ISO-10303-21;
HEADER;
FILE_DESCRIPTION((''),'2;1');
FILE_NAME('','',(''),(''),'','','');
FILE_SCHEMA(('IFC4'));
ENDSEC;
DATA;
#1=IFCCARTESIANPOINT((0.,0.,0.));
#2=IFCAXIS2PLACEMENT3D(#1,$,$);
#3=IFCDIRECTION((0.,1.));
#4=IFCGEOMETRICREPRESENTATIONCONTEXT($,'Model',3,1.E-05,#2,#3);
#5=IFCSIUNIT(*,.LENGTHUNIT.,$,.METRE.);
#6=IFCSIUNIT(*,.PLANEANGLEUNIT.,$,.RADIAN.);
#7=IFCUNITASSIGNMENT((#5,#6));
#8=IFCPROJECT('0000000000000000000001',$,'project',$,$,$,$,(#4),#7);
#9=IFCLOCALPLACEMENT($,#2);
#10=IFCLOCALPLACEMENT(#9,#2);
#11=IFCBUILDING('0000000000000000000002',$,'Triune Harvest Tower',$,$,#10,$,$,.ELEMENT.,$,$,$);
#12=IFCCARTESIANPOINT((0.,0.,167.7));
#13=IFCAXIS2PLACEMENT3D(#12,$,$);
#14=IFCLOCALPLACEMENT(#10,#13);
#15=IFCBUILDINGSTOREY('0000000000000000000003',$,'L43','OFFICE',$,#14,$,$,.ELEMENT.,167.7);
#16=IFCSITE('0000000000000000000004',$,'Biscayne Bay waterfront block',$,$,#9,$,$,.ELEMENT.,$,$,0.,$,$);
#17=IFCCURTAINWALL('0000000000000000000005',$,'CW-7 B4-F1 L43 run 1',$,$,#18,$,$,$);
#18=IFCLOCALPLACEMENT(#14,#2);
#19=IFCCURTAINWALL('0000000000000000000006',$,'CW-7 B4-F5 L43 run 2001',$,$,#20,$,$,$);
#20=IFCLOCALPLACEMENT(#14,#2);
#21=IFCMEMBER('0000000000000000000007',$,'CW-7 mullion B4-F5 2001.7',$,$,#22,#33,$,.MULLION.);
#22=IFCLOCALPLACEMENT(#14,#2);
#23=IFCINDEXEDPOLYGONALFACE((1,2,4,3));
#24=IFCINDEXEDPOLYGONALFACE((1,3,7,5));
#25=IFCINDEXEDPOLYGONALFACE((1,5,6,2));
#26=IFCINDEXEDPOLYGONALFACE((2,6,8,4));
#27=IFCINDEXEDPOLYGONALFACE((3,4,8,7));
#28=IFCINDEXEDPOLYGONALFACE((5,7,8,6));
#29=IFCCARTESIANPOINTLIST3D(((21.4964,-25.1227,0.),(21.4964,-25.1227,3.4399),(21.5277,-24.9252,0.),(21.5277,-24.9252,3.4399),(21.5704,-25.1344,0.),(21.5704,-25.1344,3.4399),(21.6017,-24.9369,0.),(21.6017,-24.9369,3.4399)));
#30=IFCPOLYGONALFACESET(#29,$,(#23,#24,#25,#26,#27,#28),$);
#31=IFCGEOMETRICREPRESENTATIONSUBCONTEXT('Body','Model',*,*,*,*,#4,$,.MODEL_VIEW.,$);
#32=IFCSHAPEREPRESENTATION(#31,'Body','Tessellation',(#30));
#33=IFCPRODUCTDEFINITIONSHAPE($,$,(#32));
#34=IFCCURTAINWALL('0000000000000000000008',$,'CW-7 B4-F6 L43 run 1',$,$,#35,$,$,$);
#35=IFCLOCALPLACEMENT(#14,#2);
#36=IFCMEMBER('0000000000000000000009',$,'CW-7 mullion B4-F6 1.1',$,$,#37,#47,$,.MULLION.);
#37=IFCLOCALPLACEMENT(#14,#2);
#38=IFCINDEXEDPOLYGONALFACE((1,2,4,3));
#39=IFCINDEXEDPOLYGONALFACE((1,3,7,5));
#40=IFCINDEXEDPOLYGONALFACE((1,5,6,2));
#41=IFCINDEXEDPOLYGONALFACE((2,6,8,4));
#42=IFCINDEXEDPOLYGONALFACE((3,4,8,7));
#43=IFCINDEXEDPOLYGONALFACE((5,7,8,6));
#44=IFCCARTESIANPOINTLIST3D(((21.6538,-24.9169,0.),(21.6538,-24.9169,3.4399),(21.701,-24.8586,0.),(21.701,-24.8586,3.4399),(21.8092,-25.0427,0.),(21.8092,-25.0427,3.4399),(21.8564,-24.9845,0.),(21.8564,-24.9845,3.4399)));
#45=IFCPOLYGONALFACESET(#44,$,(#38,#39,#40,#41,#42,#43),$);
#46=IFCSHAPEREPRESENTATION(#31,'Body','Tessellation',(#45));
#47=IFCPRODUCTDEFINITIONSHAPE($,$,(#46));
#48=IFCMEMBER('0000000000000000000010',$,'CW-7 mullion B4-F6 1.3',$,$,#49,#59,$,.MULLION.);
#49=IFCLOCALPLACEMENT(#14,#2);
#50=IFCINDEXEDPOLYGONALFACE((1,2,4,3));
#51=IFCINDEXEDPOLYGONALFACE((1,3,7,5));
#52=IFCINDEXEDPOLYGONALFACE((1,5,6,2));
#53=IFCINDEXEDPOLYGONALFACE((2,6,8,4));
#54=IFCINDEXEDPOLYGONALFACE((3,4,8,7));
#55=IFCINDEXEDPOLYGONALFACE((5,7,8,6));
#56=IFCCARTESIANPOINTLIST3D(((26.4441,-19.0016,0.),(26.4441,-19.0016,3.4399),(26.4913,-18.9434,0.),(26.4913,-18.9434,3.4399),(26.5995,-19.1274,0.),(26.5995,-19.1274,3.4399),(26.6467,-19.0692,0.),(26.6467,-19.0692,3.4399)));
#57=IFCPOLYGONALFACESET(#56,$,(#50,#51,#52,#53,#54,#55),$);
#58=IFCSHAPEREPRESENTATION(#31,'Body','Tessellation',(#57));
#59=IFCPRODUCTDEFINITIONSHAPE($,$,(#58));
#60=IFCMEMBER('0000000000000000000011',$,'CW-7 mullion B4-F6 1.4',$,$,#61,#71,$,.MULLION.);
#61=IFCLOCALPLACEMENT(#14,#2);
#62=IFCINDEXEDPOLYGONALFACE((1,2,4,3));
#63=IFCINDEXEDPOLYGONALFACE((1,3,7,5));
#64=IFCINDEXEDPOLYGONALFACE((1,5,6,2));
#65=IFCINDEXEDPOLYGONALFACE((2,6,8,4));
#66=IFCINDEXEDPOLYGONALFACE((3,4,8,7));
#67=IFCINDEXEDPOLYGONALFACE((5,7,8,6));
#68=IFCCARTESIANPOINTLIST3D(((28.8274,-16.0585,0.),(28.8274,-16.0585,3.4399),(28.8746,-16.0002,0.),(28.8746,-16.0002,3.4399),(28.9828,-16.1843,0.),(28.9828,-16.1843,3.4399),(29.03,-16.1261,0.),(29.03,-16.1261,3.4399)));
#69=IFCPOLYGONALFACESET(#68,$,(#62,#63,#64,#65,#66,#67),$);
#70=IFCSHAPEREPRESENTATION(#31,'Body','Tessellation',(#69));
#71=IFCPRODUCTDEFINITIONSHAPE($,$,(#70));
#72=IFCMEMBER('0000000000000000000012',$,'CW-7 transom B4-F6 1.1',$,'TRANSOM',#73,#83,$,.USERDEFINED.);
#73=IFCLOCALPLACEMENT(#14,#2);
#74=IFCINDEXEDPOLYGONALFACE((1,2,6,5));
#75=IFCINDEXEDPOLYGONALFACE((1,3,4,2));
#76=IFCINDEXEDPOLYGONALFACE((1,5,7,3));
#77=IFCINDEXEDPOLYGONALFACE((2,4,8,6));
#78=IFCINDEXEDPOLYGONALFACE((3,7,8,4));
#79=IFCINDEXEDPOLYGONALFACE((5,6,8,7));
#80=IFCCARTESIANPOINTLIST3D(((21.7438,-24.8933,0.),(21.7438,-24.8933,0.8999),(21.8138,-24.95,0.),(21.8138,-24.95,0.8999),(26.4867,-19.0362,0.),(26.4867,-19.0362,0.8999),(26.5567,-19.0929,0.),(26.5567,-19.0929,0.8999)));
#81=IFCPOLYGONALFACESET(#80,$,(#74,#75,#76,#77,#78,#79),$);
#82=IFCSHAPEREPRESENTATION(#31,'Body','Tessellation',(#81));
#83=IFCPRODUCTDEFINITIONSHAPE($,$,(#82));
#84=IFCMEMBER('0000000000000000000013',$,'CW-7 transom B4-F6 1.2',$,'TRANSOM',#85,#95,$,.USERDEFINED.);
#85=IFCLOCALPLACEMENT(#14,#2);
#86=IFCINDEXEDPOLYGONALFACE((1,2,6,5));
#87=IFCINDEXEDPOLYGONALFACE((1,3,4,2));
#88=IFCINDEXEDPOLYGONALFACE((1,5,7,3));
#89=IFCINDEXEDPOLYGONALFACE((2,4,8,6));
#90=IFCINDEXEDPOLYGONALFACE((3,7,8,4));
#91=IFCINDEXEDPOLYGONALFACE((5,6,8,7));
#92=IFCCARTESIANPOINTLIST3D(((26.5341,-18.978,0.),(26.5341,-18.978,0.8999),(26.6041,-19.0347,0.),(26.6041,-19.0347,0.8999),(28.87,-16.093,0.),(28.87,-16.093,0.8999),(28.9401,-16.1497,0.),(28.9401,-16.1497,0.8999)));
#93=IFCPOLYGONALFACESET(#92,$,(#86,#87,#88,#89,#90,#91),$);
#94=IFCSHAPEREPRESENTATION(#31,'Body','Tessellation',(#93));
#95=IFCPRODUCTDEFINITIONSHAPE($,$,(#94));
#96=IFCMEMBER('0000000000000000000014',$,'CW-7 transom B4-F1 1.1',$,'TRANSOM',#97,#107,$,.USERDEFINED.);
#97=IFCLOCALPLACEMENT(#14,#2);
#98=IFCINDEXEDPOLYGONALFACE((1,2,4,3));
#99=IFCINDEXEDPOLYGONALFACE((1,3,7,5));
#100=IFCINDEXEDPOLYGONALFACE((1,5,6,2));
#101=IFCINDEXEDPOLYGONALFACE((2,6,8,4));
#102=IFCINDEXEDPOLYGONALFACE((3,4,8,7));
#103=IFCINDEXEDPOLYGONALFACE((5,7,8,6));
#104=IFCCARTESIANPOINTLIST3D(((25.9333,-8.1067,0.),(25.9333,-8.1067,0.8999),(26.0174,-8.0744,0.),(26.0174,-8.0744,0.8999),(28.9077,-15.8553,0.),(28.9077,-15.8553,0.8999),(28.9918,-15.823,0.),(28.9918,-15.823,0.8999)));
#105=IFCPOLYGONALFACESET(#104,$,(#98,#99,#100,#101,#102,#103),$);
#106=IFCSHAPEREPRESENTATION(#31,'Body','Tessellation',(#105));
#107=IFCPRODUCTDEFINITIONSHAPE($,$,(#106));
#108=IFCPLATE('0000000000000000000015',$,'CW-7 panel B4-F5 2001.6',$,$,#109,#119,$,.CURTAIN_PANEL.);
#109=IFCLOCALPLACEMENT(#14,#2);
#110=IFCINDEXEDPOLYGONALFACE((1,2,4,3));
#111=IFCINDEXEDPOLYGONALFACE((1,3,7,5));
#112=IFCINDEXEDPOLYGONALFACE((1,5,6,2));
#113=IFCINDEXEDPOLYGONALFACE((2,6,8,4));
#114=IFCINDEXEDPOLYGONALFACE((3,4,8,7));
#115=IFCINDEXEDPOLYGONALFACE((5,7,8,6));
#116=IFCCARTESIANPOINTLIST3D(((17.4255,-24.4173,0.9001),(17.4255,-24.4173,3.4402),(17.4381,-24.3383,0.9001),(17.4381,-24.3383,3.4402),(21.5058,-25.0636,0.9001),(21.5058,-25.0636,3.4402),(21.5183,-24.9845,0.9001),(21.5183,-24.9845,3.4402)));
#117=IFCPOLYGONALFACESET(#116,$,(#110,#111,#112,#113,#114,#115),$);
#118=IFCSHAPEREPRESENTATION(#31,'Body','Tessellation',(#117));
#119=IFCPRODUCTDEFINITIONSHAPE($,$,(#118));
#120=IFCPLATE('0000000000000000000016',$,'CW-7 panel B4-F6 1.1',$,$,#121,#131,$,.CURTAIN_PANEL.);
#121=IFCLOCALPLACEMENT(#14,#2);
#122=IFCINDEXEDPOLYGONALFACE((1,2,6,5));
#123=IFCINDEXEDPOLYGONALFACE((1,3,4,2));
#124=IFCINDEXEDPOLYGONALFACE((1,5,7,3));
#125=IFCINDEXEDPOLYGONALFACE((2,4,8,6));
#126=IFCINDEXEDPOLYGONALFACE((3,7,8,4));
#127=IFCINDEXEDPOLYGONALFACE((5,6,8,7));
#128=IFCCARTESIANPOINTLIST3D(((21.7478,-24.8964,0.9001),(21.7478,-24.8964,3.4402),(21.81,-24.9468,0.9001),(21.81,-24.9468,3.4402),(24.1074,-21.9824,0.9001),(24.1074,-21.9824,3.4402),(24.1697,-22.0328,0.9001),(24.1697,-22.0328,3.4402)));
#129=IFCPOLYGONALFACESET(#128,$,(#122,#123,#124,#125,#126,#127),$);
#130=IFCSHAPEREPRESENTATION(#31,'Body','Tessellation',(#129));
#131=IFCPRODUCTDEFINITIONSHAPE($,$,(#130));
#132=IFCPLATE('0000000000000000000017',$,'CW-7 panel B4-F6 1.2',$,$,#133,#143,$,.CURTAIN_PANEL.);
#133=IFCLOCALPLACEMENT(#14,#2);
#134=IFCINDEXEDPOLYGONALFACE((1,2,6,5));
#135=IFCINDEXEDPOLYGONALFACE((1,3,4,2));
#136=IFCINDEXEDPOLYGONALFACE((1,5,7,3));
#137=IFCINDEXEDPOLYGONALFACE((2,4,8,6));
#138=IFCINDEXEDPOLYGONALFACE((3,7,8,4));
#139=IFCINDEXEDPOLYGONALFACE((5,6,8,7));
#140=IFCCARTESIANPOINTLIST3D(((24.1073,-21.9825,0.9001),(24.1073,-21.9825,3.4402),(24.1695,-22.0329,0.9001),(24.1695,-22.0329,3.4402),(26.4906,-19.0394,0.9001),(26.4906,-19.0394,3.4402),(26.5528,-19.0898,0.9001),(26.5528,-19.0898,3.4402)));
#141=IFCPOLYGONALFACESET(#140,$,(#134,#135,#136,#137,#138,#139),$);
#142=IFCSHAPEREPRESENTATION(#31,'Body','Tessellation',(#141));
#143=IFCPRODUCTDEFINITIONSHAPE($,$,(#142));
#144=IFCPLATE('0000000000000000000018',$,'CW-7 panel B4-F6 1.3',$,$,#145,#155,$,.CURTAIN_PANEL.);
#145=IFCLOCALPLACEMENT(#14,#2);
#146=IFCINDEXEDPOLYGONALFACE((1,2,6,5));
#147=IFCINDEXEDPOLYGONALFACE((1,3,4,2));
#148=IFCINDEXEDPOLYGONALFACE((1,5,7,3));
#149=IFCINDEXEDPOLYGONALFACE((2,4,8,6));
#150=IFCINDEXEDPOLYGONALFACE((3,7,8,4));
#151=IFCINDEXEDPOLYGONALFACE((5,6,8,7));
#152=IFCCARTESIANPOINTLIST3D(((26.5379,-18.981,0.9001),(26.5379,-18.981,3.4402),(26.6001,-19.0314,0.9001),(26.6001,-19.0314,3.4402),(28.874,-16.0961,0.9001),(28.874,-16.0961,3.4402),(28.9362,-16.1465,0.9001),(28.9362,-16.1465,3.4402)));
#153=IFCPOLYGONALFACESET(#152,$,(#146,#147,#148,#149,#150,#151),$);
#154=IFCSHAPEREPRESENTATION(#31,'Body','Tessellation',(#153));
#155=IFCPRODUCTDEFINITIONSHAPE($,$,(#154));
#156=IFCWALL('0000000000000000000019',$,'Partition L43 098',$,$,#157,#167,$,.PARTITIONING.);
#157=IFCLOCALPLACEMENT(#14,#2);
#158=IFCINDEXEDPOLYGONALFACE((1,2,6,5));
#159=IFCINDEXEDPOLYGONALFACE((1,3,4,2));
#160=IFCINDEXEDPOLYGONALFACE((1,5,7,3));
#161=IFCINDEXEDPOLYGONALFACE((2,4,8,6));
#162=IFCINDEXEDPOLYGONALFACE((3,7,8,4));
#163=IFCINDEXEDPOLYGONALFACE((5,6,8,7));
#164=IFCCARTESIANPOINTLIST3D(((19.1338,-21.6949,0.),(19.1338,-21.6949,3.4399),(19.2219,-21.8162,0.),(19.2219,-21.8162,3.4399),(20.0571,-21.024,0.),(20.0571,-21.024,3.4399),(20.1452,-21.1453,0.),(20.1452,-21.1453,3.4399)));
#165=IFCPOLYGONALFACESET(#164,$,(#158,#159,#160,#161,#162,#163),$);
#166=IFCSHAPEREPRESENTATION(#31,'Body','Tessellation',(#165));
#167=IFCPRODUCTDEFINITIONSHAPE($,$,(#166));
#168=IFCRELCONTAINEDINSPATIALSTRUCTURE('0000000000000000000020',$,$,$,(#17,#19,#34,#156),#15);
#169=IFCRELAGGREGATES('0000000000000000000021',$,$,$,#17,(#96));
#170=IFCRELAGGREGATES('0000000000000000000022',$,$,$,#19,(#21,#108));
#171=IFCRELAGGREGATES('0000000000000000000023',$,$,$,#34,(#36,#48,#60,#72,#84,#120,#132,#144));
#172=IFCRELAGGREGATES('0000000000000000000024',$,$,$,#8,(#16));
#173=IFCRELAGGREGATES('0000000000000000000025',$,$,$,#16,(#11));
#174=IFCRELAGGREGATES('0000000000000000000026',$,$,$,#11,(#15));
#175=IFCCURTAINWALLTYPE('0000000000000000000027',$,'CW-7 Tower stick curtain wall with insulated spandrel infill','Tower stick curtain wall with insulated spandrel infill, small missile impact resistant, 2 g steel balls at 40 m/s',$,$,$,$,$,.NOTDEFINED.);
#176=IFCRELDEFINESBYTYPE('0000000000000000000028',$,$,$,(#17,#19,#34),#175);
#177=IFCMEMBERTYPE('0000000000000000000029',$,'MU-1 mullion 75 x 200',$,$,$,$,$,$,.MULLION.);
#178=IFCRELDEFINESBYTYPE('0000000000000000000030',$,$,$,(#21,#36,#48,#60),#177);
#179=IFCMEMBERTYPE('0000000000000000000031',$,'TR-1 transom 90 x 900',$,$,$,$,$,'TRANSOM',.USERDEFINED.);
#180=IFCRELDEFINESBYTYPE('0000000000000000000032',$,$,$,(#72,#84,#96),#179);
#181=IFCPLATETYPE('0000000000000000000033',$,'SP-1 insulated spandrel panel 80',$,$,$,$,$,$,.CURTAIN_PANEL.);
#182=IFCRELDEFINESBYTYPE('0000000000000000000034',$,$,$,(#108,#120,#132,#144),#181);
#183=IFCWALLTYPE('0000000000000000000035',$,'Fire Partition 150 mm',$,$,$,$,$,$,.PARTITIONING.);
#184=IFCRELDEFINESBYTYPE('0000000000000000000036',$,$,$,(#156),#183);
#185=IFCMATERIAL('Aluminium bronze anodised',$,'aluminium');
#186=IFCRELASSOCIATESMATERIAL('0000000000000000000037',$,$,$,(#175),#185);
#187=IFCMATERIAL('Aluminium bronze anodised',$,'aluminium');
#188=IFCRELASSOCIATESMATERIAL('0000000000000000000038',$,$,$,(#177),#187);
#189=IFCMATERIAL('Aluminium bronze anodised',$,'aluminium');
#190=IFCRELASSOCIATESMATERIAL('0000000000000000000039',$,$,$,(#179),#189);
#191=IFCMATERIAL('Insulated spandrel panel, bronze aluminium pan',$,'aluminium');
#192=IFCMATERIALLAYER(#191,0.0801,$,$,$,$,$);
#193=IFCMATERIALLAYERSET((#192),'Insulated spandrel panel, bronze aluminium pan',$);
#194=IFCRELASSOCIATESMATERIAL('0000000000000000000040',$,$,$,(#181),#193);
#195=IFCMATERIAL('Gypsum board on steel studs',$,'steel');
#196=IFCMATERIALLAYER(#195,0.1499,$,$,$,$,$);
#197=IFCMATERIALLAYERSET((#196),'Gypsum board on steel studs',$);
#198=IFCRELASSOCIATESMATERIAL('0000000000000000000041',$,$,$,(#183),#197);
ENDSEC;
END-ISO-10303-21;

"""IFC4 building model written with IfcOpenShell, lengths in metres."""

from ifc_helpers import new_model, si_unit, direction, frame, frame_2d, origin, origin_2d, place, context, subcontext, project, spatial, rectangle, extrude, source, transform, mapped, material, layer, layer_set, material_profile, profile_set, type_object, element, aggregate, save


model = new_model("IFC4")

# Units and contexts
model_context = context("Model", 3, precision=1e-05, world=origin(), true_north=direction((0.0, 1.0)))
body_context = subcontext(model_context, "Body", "Model", "MODEL_VIEW")
ifc_project = project(units=[si_unit("LENGTHUNIT", "METRE"), si_unit("PLANEANGLEUNIT", "RADIAN")], contexts=[model_context])

# Site, building, storey
site_placement = place(None, origin())
site = spatial("IfcSite", under=ifc_project, at=site_placement, Name="Biscayne Bay waterfront block", CompositionType="ELEMENT", RefElevation=0.0)
building_placement = place(site_placement, origin())
building = spatial("IfcBuilding", under=site, at=building_placement, Name="Triune Harvest Tower", CompositionType="ELEMENT")
storey_placement = place(building_placement, frame((0.0, 0.0, 167.7)))
storey = spatial("IfcBuildingStorey", under=building, at=storey_placement, Name="L43", Description="OFFICE", CompositionType="ELEMENT", Elevation=167.7)

# Curtain walls, member
ifc_material_1 = material(Name="Aluminium bronze anodised", Category="aluminium")
curtain_wall_type = type_object("IfcCurtainWallType", Name="CW-7 Tower stick curtain wall with insulated spandrel infill", Description="Tower stick curtain wall with insulated spandrel infill, small missile impact resistant, 2 g steel balls at 40 m/s", PredefinedType="NOTDEFINED", material=ifc_material_1)
curtain_wall_1_placement = place(storey_placement, origin())
curtain_wall_1 = element("IfcCurtainWall", 1, at=curtain_wall_1_placement, inside=storey, type_object=curtain_wall_type, Name="CW-7 B4-F1 L43 run 1")
ifc_material_2 = material(Name="Aluminium bronze anodised", Category="aluminium")
ifc_material_profile_1 = material_profile(ifc_material_2, rectangle(XDim=0.2, YDim=0.075, at=origin_2d()), Name="MU-1 mullion 75 x 200")
ifc_profile_set_1 = profile_set([ifc_material_profile_1], Name="Aluminium bronze anodised")
member_type_1 = type_object("IfcMemberType", Name="MU-1 mullion 75 x 200", PredefinedType="MULLION", material=ifc_profile_set_1)
shared_shape_1 = source(origin(), body_context, "Body", "SweptSolid", [
    extrude(rectangle(XDim=0.2, YDim=0.075, at=origin_2d()), origin(), (0.0, 0.0, 1.0), 3.4399),
])
curtain_wall_2_placement = place(storey_placement, origin())
curtain_wall_2 = element("IfcCurtainWall", 2, at=curtain_wall_2_placement, inside=storey, type_object=curtain_wall_type, Name="CW-7 B4-F5 L43 run 2001")
member_1_placement = place(storey_placement, frame((21.5491, -25.0298, 0.0), z_axis=(0.0, 0.0, 1.0), x_axis=(0.156435, 0.987688, 0.0)))
member_1 = element("IfcMember", 3, at=member_1_placement, type_object=member_type_1, Name="CW-7 mullion B4-F5 2001.7", PredefinedType="MULLION", context=body_context, shape_type="MappedRepresentation", body=[
    mapped(shared_shape_1, transform((0.0, 0.0, 0.0), scale=1.0)),
])

# Curtain wall, members
curtain_wall_3_placement = place(storey_placement, origin())
curtain_wall_3 = element("IfcCurtainWall", 4, at=curtain_wall_3_placement, inside=storey, type_object=curtain_wall_type, Name="CW-7 B4-F6 L43 run 1")
member_2_placement = place(storey_placement, frame((21.7551, -24.9507, 0.0), z_axis=(0.0, 0.0, 1.0), x_axis=(-0.777146, 0.629321, 0.0)))
member_2 = element("IfcMember", 5, at=member_2_placement, type_object=member_type_1, Name="CW-7 mullion B4-F6 1.1", PredefinedType="MULLION", context=body_context, shape_type="MappedRepresentation", body=[
    mapped(shared_shape_1, transform((0.0, 0.0, 0.0), scale=1.0)),
])
member_3_placement = place(storey_placement, frame((26.5454, -19.0354, 0.0), z_axis=(0.0, 0.0, 1.0), x_axis=(-0.777146, 0.629321, 0.0)))
member_3 = element("IfcMember", 6, at=member_3_placement, type_object=member_type_1, Name="CW-7 mullion B4-F6 1.3", PredefinedType="MULLION", context=body_context, shape_type="MappedRepresentation", body=[
    mapped(shared_shape_1, transform((0.0, 0.0, 0.0), scale=1.0)),
])
member_4_placement = place(storey_placement, frame((28.9287, -16.0923, 0.0), z_axis=(0.0, 0.0, 1.0), x_axis=(-0.777146, 0.629321, 0.0)))
member_4 = element("IfcMember", 7, at=member_4_placement, type_object=member_type_1, Name="CW-7 mullion B4-F6 1.4", PredefinedType="MULLION", context=body_context, shape_type="MappedRepresentation", body=[
    mapped(shared_shape_1, transform((0.0, 0.0, 0.0), scale=1.0)),
])
ifc_material_3 = material(Name="Aluminium bronze anodised", Category="aluminium")
ifc_material_profile_2 = material_profile(ifc_material_3, rectangle(XDim=0.0901, YDim=0.8999, at=origin_2d()), Name="TR-1 transom 90 x 900")
ifc_profile_set_2 = profile_set([ifc_material_profile_2], Name="Aluminium bronze anodised")
member_type_2 = type_object("IfcMemberType", Name="TR-1 transom 90 x 900", ElementType="TRANSOM", PredefinedType="USERDEFINED", material=ifc_profile_set_2)
shared_shape_2 = source(origin(), body_context, "Body", "SweptSolid", [
    extrude(rectangle(XDim=0.0901, YDim=0.8999, at=origin_2d()), origin(), (0.0, 0.0, 1.0), 7.5366),
])
member_5_placement = place(storey_placement, frame((21.7788, -24.9216, 0.45), z_axis=(0.62931, 0.777154, 0.0), x_axis=(-0.777154, 0.62931, 0.0)))
member_5 = element("IfcMember", 8, at=member_5_placement, type_object=member_type_2, Name="CW-7 transom B4-F6 1.1", ObjectType="TRANSOM", PredefinedType="USERDEFINED", context=body_context, shape_type="MappedRepresentation", body=[
    mapped(shared_shape_2, transform((0.0, 0.0, 0.0), scale=1.0)),
])
shared_shape_3 = source(origin(), body_context, "Body", "SweptSolid", [
    extrude(rectangle(XDim=0.0901, YDim=0.8999, at=origin_2d()), origin(), (0.0, 0.0, 1.0), 3.7122),
])
member_6_placement = place(storey_placement, frame((26.5691, -19.0063, 0.45), z_axis=(0.629272, 0.777185, 0.0), x_axis=(-0.777185, 0.629272, 0.0)))
member_6 = element("IfcMember", 9, at=member_6_placement, type_object=member_type_2, Name="CW-7 transom B4-F6 1.2", ObjectType="TRANSOM", PredefinedType="USERDEFINED", context=body_context, shape_type="MappedRepresentation", body=[
    mapped(shared_shape_3, transform((0.0, 0.0, 0.0), scale=1.0)),
])

# Member
shared_shape_4 = source(origin(), body_context, "Body", "SweptSolid", [
    extrude(rectangle(XDim=0.0901, YDim=0.8999, at=origin_2d()), origin(), (0.0, 0.0, 1.0), 8.2998),
])
member_7_placement = place(storey_placement, frame((28.9497, -15.8391, 0.45), z_axis=(-0.358366, 0.933581, 0.0), x_axis=(-0.933581, -0.358366, 0.0)))
member_7 = element("IfcMember", 10, at=member_7_placement, type_object=member_type_2, Name="CW-7 transom B4-F1 1.1", ObjectType="TRANSOM", PredefinedType="USERDEFINED", context=body_context, shape_type="MappedRepresentation", body=[
    mapped(shared_shape_4, transform((0.0, 0.0, 0.0), scale=1.0)),
])
aggregate(curtain_wall_1, [member_7])

# Plates
ifc_material_4 = material(Name="Insulated spandrel panel, bronze aluminium pan", Category="aluminium")
ifc_layer_1 = layer(ifc_material_4, 0.0801)
ifc_layer_set_1 = layer_set([ifc_layer_1], Name="Insulated spandrel panel, bronze aluminium pan")
plate_type = type_object("IfcPlateType", Name="SP-1 insulated spandrel panel 80", PredefinedType="CURTAIN_PANEL", material=ifc_layer_set_1)
shared_shape_5 = source(origin(), body_context, "Body", "SweptSolid", [
    extrude(rectangle(XDim=4.1311, YDim=0.0801, at=origin_2d()), origin(), (0.0, 0.0, 1.0), 2.54),
])
plate_1_placement = place(storey_placement, frame((19.4719, -24.7009, 0.9001), z_axis=(0.0, 0.0, 1.0), x_axis=(0.987688, -0.156435, 0.0)))
plate_1 = element("IfcPlate", 11, at=plate_1_placement, type_object=plate_type, Name="CW-7 panel B4-F5 2001.6", PredefinedType="CURTAIN_PANEL", context=body_context, shape_type="MappedRepresentation", body=[
    mapped(shared_shape_5, transform((0.0, 0.0, 0.0), scale=1.0)),
])
aggregate(curtain_wall_2, [member_1, plate_1])
shared_shape_6 = source(origin(), body_context, "Body", "SweptSolid", [
    extrude(rectangle(XDim=3.7495, YDim=0.0801, at=origin_2d()), origin(), (0.0, 0.0, 1.0), 2.54),
])
plate_2_placement = place(storey_placement, frame((22.9587, -23.4646, 0.9001), z_axis=(0.0, 0.0, 1.0), x_axis=(0.629321, 0.777146, 0.0)))
plate_2 = element("IfcPlate", 12, at=plate_2_placement, type_object=plate_type, Name="CW-7 panel B4-F6 1.1", PredefinedType="CURTAIN_PANEL", context=body_context, shape_type="MappedRepresentation", body=[
    mapped(shared_shape_6, transform((0.0, 0.0, 0.0), scale=1.0)),
])
shared_shape_7 = source(origin(), body_context, "Body", "SweptSolid", [
    extrude(rectangle(XDim=3.7871, YDim=0.0801, at=origin_2d()), origin(), (0.0, 0.0, 1.0), 2.54),
])
plate_3_placement = place(storey_placement, frame((25.3301, -20.5361, 0.9001), z_axis=(0.0, 0.0, 1.0), x_axis=(0.629321, 0.777146, 0.0)))
plate_3 = element("IfcPlate", 13, at=plate_3_placement, type_object=plate_type, Name="CW-7 panel B4-F6 1.2", PredefinedType="CURTAIN_PANEL", context=body_context, shape_type="MappedRepresentation", body=[
    mapped(shared_shape_7, transform((0.0, 0.0, 0.0), scale=1.0)),
])
shared_shape_8 = source(origin(), body_context, "Body", "SweptSolid", [
    extrude(rectangle(XDim=3.7122, YDim=0.0801, at=origin_2d()), origin(), (0.0, 0.0, 1.0), 2.54),
])
plate_4_placement = place(storey_placement, frame((27.7371, -17.5637, 0.9001), z_axis=(0.0, 0.0, 1.0), x_axis=(0.629321, 0.777146, 0.0)))
plate_4 = element("IfcPlate", 14, at=plate_4_placement, type_object=plate_type, Name="CW-7 panel B4-F6 1.3", PredefinedType="CURTAIN_PANEL", context=body_context, shape_type="MappedRepresentation", body=[
    mapped(shared_shape_8, transform((0.0, 0.0, 0.0), scale=1.0)),
])
aggregate(curtain_wall_3, [member_2, member_3, member_4, member_5, member_6, plate_2, plate_3, plate_4])

# Wall
ifc_material_5 = material(Name="Gypsum board on steel studs", Category="steel")
ifc_layer_2 = layer(ifc_material_5, 0.1499)
ifc_layer_set_2 = layer_set([ifc_layer_2], Name="Gypsum board on steel studs")
wall_type = type_object("IfcWallType", Name="Fire Partition 150 mm", PredefinedType="PARTITIONING", material=ifc_layer_set_2)
wall_1_placement = place(storey_placement, frame((19.1777, -21.7556, 0.0), z_axis=(0.0, 0.0, 1.0), x_axis=(0.808995, 0.587816, 0.0)))
element("IfcWall", 15, at=wall_1_placement, inside=storey, type_object=wall_type, Name="Partition L43 098", PredefinedType="PARTITIONING", context=body_context, shape_type="SweptSolid", body=[
    extrude(rectangle(XDim=1.1414, YDim=0.1499, at=frame_2d((0.5708, 0.0))), origin(), (0.0, 0.0, 1.0), 3.4399),
])

save(model, "model.ifc")
